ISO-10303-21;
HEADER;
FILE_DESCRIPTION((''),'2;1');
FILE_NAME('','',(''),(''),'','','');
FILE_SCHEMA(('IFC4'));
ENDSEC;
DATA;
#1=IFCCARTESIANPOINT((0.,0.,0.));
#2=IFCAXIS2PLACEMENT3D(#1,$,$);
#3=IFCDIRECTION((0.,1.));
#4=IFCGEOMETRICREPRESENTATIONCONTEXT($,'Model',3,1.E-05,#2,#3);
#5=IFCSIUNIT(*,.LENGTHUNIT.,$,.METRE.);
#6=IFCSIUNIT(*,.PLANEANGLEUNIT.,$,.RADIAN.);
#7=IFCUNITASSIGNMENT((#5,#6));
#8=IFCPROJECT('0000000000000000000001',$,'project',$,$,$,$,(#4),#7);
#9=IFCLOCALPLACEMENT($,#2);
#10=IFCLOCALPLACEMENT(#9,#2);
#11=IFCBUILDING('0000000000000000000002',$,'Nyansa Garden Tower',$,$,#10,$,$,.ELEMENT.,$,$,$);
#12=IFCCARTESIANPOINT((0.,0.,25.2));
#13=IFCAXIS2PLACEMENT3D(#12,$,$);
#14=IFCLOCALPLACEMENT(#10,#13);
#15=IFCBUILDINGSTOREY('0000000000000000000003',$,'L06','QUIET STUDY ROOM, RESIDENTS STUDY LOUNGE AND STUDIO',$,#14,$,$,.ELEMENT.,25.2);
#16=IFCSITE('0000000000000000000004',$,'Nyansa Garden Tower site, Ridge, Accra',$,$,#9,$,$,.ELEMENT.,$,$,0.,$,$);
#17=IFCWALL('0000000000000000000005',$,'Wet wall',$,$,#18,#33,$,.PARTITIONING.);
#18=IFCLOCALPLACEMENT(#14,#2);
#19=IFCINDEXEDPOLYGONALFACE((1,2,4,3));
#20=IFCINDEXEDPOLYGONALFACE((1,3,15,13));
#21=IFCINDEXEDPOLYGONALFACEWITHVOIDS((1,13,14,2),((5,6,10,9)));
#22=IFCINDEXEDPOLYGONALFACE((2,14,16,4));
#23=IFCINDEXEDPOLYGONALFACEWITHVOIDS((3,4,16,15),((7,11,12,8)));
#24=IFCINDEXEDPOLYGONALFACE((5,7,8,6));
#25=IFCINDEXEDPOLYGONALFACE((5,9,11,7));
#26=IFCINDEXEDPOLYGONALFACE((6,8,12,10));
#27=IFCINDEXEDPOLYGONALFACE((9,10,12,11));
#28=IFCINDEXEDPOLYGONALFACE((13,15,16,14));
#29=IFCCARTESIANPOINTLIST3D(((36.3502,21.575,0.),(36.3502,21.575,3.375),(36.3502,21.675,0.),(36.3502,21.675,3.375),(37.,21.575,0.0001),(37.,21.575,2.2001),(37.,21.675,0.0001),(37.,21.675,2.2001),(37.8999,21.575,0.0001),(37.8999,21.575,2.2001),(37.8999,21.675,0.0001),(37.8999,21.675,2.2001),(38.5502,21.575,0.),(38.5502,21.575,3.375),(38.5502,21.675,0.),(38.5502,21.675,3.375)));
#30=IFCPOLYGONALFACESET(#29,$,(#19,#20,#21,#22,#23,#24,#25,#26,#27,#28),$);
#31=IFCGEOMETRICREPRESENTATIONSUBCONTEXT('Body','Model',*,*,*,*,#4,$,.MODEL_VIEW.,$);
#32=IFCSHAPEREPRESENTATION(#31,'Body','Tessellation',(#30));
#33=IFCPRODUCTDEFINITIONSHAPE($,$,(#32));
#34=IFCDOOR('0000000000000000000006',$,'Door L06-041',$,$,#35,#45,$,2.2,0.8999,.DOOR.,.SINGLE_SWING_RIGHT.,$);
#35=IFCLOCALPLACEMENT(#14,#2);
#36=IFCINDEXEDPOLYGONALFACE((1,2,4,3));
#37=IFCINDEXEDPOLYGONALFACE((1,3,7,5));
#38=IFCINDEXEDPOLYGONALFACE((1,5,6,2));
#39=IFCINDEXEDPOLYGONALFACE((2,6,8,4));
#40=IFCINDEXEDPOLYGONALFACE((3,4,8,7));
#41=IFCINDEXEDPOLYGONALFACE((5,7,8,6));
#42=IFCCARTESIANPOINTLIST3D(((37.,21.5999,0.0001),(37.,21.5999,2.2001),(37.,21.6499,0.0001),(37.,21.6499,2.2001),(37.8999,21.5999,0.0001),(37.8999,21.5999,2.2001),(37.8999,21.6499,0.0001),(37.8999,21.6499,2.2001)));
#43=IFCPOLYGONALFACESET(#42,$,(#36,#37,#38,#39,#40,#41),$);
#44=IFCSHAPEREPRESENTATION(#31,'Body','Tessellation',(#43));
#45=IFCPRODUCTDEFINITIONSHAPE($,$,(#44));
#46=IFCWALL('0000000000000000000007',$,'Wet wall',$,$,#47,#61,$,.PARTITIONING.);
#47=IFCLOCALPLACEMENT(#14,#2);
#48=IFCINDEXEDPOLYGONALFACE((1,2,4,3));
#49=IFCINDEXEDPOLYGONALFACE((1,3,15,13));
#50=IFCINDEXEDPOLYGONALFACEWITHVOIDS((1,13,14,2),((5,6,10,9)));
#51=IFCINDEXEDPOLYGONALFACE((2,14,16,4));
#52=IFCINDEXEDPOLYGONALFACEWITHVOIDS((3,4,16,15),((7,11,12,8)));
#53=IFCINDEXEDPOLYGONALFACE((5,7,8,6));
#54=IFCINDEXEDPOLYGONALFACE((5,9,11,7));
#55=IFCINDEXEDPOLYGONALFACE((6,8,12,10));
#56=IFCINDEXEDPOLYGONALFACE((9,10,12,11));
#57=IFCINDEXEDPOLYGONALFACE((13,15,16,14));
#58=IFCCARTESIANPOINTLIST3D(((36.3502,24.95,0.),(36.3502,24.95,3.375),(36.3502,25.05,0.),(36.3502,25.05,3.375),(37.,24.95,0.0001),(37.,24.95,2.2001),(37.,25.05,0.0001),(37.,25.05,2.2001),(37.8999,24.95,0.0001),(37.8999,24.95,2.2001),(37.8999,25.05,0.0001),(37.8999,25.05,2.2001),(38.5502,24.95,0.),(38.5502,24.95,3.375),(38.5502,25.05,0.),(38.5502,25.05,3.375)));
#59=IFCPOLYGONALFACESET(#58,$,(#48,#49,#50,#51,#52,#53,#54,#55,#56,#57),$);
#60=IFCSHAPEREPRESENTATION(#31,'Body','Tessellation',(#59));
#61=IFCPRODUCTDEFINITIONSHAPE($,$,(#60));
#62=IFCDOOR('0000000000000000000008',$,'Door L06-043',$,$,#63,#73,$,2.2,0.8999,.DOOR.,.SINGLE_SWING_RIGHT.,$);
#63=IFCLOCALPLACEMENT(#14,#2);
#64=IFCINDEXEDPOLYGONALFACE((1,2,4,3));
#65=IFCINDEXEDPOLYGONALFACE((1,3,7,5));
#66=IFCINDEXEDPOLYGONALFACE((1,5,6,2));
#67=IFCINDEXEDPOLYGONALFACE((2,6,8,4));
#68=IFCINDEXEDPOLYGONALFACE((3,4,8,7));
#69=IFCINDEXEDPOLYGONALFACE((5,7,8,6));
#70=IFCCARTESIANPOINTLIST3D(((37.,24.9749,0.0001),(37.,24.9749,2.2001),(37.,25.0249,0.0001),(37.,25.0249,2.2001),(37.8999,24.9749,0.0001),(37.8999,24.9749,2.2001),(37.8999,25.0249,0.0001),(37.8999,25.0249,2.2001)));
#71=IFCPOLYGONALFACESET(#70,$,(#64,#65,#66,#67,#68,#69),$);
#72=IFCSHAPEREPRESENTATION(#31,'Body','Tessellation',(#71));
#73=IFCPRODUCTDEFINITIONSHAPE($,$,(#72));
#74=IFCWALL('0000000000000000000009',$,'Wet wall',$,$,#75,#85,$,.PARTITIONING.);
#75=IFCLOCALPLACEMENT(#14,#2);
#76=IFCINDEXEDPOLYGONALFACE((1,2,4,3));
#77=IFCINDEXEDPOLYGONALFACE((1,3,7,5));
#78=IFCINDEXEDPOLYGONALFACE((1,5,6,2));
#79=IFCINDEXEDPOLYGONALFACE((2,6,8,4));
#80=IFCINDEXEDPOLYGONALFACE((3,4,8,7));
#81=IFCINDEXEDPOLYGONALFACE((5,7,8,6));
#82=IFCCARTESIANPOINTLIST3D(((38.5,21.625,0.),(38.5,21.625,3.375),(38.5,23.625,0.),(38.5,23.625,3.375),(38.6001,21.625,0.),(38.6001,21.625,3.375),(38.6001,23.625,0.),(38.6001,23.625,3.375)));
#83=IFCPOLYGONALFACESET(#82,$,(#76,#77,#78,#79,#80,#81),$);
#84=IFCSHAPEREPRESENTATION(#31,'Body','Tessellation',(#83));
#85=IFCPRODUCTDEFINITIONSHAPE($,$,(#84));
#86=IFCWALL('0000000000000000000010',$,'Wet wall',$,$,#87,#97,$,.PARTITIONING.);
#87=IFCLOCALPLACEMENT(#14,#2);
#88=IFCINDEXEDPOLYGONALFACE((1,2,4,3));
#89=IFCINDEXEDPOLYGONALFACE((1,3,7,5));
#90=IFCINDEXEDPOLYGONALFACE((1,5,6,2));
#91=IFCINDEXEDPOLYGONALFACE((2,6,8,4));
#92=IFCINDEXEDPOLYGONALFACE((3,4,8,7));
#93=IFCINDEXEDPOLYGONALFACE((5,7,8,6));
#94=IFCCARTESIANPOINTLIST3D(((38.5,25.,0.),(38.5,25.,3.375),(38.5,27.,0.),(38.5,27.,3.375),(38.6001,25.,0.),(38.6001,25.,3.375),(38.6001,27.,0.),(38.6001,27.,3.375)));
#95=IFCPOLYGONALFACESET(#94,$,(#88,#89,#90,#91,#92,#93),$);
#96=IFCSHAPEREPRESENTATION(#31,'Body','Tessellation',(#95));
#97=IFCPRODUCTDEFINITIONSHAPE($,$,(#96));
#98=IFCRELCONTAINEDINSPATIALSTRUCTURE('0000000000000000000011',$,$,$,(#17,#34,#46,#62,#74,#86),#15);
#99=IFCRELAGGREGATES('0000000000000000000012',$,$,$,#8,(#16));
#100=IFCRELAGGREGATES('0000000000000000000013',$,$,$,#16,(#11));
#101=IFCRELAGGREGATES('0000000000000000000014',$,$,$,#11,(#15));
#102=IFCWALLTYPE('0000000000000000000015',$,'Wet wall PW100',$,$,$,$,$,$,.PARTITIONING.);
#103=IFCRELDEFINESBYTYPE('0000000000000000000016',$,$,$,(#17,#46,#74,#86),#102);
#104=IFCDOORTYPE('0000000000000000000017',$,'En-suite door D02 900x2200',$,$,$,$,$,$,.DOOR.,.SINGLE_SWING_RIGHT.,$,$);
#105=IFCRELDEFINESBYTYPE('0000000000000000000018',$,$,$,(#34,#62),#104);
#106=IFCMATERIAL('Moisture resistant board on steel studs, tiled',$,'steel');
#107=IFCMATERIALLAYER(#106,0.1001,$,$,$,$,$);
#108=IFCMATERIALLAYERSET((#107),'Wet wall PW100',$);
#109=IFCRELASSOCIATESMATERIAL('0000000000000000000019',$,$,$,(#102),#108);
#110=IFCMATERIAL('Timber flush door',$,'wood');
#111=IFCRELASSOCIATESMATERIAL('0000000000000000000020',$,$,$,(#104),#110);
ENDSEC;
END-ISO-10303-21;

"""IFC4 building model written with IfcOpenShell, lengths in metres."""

from ifc_helpers import new_model, si_unit, direction, frame, frame_2d, origin, place, context, subcontext, project, spatial, rectangle, extrude, material, layer, layer_set, type_object, element, fill, save


model = new_model("IFC4")

# Units and contexts
model_context = context("Model", 3, precision=1e-05, world=origin(), true_north=direction((0.0, 1.0)))
body_context = subcontext(model_context, "Body", "Model", "MODEL_VIEW")
ifc_project = project(units=[si_unit("LENGTHUNIT", "METRE"), si_unit("PLANEANGLEUNIT", "RADIAN")], contexts=[model_context])

# Site, building, storey
site_placement = place(None, origin())
site = spatial("IfcSite", under=ifc_project, at=site_placement, Name="Nyansa Garden Tower site, Ridge, Accra", CompositionType="ELEMENT", RefElevation=0.0)
building_placement = place(site_placement, origin())
building = spatial("IfcBuilding", under=site, at=building_placement, Name="Nyansa Garden Tower", CompositionType="ELEMENT")
storey_placement = place(building_placement, frame((0.0, 0.0, 25.2)))
storey = spatial("IfcBuildingStorey", under=building, at=storey_placement, Name="L06", Description="QUIET STUDY ROOM, RESIDENTS STUDY LOUNGE AND STUDIO", CompositionType="ELEMENT", Elevation=25.2)

# Walls, openings, doors
ifc_material_1 = material(Name="Moisture resistant board on steel studs, tiled", Category="steel")
ifc_layer_1 = layer(ifc_material_1, 0.1001)
ifc_layer_set_1 = layer_set([ifc_layer_1], Name="Wet wall PW100")
wall_type_1 = type_object("IfcWallType", Name="Wet wall PW100", PredefinedType="PARTITIONING", material=ifc_layer_set_1)
wall_1_placement = place(storey_placement, frame((36.3501, 21.625, 0.0), z_axis=(0.0, 0.0, 1.0), x_axis=(1.0, 0.0, 0.0)))
wall_1 = element("IfcWall", 1, at=wall_1_placement, inside=storey, type_object=wall_type_1, Name="Wet wall", PredefinedType="PARTITIONING", context=body_context, shape_type="SweptSolid", body=[
    extrude(rectangle(XDim=2.2, YDim=0.1001, at=frame_2d((1.1001, 0.0))), origin(), (0.0, 0.0, 1.0), 3.375),
])
opening_1_placement = place(wall_1_placement, frame((0.6499, 0.0, 0.0)))
opening_1 = element("IfcOpeningElement", 2, at=opening_1_placement, cuts=wall_1, PredefinedType="OPENING", context=body_context, shape_type="SweptSolid", body=[
    extrude(rectangle(XDim=0.8999, YDim=2.2, at=frame_2d((0.45, 1.1001))), frame((0.0, 0.0601, 0.0), z_axis=(0.0, -1.0, 0.0), x_axis=(1.0, 0.0, 0.0)), (0.0, 0.0, 1.0), 0.1201),
])
ifc_material_2 = material(Name="Timber flush door", Category="wood")
door_type_1 = type_object("IfcDoorType", Name="En-suite door D02 900x2200", OperationType="SINGLE_SWING_RIGHT", PredefinedType="DOOR", material=ifc_material_2)
door_1_placement = place(opening_1_placement, origin())
door_1 = element("IfcDoor", 3, at=door_1_placement, inside=storey, type_object=door_type_1, Name="Door L06-041", OperationType="SINGLE_SWING_RIGHT", OverallHeight=2.2, OverallWidth=0.8999, PredefinedType="DOOR", context=body_context, shape_type="SweptSolid", body=[
    extrude(rectangle(XDim=0.8999, YDim=2.2, at=frame_2d((0.45, 1.1001))), frame((0.0, 0.0249, 0.0), z_axis=(0.0, -1.0, 0.0), x_axis=(1.0, 0.0, 0.0)), (0.0, 0.0, 1.0), 0.05),
])
fill(opening_1, door_1)
wall_2_placement = place(storey_placement, frame((36.3501, 25.0, 0.0), z_axis=(0.0, 0.0, 1.0), x_axis=(1.0, 0.0, 0.0)))
wall_2 = element("IfcWall", 4, at=wall_2_placement, inside=storey, type_object=wall_type_1, Name="Wet wall", PredefinedType="PARTITIONING", context=body_context, shape_type="SweptSolid", body=[
    extrude(rectangle(XDim=2.2, YDim=0.1001, at=frame_2d((1.1001, 0.0))), origin(), (0.0, 0.0, 1.0), 3.375),
])
opening_2_placement = place(wall_2_placement, frame((0.6499, 0.0, 0.0)))
opening_2 = element("IfcOpeningElement", 5, at=opening_2_placement, cuts=wall_2, PredefinedType="OPENING", context=body_context, shape_type="SweptSolid", body=[
    extrude(rectangle(XDim=0.8999, YDim=2.2, at=frame_2d((0.45, 1.1001))), frame((0.0, 0.0601, 0.0), z_axis=(0.0, -1.0, 0.0), x_axis=(1.0, 0.0, 0.0)), (0.0, 0.0, 1.0), 0.1201),
])
door_2_placement = place(opening_2_placement, origin())
door_2 = element("IfcDoor", 6, at=door_2_placement, inside=storey, type_object=door_type_1, Name="Door L06-043", OperationType="SINGLE_SWING_RIGHT", OverallHeight=2.2, OverallWidth=0.8999, PredefinedType="DOOR", context=body_context, shape_type="SweptSolid", body=[
    extrude(rectangle(XDim=0.8999, YDim=2.2, at=frame_2d((0.45, 1.1001))), frame((0.0, 0.0249, 0.0), z_axis=(0.0, -1.0, 0.0), x_axis=(1.0, 0.0, 0.0)), (0.0, 0.0, 1.0), 0.05),
])
fill(opening_2, door_2)

# Walls
for number, where, z_axis, x_axis, name in (
    (7, (38.55, 21.625, 0.0), (0.0, 0.0, 1.0), (0.0, 1.0, 0.0), "Wet wall"),
    (8, (38.55, 25.0, 0.0), (0.0, 0.0, 1.0), (0.0, 1.0, 0.0), "Wet wall"),
):
    element("IfcWall", number, at=place(storey_placement, frame(where, z_axis=z_axis, x_axis=x_axis)), inside=storey, type_object=wall_type_1, Name=name, PredefinedType="PARTITIONING", context=body_context, shape_type="SweptSolid", body=[
        extrude(rectangle(XDim=2.0, YDim=0.1001, at=frame_2d((1.0, 0.0))), origin(), (0.0, 0.0, 1.0), 3.375),
    ])

save(model, "model.ifc")
